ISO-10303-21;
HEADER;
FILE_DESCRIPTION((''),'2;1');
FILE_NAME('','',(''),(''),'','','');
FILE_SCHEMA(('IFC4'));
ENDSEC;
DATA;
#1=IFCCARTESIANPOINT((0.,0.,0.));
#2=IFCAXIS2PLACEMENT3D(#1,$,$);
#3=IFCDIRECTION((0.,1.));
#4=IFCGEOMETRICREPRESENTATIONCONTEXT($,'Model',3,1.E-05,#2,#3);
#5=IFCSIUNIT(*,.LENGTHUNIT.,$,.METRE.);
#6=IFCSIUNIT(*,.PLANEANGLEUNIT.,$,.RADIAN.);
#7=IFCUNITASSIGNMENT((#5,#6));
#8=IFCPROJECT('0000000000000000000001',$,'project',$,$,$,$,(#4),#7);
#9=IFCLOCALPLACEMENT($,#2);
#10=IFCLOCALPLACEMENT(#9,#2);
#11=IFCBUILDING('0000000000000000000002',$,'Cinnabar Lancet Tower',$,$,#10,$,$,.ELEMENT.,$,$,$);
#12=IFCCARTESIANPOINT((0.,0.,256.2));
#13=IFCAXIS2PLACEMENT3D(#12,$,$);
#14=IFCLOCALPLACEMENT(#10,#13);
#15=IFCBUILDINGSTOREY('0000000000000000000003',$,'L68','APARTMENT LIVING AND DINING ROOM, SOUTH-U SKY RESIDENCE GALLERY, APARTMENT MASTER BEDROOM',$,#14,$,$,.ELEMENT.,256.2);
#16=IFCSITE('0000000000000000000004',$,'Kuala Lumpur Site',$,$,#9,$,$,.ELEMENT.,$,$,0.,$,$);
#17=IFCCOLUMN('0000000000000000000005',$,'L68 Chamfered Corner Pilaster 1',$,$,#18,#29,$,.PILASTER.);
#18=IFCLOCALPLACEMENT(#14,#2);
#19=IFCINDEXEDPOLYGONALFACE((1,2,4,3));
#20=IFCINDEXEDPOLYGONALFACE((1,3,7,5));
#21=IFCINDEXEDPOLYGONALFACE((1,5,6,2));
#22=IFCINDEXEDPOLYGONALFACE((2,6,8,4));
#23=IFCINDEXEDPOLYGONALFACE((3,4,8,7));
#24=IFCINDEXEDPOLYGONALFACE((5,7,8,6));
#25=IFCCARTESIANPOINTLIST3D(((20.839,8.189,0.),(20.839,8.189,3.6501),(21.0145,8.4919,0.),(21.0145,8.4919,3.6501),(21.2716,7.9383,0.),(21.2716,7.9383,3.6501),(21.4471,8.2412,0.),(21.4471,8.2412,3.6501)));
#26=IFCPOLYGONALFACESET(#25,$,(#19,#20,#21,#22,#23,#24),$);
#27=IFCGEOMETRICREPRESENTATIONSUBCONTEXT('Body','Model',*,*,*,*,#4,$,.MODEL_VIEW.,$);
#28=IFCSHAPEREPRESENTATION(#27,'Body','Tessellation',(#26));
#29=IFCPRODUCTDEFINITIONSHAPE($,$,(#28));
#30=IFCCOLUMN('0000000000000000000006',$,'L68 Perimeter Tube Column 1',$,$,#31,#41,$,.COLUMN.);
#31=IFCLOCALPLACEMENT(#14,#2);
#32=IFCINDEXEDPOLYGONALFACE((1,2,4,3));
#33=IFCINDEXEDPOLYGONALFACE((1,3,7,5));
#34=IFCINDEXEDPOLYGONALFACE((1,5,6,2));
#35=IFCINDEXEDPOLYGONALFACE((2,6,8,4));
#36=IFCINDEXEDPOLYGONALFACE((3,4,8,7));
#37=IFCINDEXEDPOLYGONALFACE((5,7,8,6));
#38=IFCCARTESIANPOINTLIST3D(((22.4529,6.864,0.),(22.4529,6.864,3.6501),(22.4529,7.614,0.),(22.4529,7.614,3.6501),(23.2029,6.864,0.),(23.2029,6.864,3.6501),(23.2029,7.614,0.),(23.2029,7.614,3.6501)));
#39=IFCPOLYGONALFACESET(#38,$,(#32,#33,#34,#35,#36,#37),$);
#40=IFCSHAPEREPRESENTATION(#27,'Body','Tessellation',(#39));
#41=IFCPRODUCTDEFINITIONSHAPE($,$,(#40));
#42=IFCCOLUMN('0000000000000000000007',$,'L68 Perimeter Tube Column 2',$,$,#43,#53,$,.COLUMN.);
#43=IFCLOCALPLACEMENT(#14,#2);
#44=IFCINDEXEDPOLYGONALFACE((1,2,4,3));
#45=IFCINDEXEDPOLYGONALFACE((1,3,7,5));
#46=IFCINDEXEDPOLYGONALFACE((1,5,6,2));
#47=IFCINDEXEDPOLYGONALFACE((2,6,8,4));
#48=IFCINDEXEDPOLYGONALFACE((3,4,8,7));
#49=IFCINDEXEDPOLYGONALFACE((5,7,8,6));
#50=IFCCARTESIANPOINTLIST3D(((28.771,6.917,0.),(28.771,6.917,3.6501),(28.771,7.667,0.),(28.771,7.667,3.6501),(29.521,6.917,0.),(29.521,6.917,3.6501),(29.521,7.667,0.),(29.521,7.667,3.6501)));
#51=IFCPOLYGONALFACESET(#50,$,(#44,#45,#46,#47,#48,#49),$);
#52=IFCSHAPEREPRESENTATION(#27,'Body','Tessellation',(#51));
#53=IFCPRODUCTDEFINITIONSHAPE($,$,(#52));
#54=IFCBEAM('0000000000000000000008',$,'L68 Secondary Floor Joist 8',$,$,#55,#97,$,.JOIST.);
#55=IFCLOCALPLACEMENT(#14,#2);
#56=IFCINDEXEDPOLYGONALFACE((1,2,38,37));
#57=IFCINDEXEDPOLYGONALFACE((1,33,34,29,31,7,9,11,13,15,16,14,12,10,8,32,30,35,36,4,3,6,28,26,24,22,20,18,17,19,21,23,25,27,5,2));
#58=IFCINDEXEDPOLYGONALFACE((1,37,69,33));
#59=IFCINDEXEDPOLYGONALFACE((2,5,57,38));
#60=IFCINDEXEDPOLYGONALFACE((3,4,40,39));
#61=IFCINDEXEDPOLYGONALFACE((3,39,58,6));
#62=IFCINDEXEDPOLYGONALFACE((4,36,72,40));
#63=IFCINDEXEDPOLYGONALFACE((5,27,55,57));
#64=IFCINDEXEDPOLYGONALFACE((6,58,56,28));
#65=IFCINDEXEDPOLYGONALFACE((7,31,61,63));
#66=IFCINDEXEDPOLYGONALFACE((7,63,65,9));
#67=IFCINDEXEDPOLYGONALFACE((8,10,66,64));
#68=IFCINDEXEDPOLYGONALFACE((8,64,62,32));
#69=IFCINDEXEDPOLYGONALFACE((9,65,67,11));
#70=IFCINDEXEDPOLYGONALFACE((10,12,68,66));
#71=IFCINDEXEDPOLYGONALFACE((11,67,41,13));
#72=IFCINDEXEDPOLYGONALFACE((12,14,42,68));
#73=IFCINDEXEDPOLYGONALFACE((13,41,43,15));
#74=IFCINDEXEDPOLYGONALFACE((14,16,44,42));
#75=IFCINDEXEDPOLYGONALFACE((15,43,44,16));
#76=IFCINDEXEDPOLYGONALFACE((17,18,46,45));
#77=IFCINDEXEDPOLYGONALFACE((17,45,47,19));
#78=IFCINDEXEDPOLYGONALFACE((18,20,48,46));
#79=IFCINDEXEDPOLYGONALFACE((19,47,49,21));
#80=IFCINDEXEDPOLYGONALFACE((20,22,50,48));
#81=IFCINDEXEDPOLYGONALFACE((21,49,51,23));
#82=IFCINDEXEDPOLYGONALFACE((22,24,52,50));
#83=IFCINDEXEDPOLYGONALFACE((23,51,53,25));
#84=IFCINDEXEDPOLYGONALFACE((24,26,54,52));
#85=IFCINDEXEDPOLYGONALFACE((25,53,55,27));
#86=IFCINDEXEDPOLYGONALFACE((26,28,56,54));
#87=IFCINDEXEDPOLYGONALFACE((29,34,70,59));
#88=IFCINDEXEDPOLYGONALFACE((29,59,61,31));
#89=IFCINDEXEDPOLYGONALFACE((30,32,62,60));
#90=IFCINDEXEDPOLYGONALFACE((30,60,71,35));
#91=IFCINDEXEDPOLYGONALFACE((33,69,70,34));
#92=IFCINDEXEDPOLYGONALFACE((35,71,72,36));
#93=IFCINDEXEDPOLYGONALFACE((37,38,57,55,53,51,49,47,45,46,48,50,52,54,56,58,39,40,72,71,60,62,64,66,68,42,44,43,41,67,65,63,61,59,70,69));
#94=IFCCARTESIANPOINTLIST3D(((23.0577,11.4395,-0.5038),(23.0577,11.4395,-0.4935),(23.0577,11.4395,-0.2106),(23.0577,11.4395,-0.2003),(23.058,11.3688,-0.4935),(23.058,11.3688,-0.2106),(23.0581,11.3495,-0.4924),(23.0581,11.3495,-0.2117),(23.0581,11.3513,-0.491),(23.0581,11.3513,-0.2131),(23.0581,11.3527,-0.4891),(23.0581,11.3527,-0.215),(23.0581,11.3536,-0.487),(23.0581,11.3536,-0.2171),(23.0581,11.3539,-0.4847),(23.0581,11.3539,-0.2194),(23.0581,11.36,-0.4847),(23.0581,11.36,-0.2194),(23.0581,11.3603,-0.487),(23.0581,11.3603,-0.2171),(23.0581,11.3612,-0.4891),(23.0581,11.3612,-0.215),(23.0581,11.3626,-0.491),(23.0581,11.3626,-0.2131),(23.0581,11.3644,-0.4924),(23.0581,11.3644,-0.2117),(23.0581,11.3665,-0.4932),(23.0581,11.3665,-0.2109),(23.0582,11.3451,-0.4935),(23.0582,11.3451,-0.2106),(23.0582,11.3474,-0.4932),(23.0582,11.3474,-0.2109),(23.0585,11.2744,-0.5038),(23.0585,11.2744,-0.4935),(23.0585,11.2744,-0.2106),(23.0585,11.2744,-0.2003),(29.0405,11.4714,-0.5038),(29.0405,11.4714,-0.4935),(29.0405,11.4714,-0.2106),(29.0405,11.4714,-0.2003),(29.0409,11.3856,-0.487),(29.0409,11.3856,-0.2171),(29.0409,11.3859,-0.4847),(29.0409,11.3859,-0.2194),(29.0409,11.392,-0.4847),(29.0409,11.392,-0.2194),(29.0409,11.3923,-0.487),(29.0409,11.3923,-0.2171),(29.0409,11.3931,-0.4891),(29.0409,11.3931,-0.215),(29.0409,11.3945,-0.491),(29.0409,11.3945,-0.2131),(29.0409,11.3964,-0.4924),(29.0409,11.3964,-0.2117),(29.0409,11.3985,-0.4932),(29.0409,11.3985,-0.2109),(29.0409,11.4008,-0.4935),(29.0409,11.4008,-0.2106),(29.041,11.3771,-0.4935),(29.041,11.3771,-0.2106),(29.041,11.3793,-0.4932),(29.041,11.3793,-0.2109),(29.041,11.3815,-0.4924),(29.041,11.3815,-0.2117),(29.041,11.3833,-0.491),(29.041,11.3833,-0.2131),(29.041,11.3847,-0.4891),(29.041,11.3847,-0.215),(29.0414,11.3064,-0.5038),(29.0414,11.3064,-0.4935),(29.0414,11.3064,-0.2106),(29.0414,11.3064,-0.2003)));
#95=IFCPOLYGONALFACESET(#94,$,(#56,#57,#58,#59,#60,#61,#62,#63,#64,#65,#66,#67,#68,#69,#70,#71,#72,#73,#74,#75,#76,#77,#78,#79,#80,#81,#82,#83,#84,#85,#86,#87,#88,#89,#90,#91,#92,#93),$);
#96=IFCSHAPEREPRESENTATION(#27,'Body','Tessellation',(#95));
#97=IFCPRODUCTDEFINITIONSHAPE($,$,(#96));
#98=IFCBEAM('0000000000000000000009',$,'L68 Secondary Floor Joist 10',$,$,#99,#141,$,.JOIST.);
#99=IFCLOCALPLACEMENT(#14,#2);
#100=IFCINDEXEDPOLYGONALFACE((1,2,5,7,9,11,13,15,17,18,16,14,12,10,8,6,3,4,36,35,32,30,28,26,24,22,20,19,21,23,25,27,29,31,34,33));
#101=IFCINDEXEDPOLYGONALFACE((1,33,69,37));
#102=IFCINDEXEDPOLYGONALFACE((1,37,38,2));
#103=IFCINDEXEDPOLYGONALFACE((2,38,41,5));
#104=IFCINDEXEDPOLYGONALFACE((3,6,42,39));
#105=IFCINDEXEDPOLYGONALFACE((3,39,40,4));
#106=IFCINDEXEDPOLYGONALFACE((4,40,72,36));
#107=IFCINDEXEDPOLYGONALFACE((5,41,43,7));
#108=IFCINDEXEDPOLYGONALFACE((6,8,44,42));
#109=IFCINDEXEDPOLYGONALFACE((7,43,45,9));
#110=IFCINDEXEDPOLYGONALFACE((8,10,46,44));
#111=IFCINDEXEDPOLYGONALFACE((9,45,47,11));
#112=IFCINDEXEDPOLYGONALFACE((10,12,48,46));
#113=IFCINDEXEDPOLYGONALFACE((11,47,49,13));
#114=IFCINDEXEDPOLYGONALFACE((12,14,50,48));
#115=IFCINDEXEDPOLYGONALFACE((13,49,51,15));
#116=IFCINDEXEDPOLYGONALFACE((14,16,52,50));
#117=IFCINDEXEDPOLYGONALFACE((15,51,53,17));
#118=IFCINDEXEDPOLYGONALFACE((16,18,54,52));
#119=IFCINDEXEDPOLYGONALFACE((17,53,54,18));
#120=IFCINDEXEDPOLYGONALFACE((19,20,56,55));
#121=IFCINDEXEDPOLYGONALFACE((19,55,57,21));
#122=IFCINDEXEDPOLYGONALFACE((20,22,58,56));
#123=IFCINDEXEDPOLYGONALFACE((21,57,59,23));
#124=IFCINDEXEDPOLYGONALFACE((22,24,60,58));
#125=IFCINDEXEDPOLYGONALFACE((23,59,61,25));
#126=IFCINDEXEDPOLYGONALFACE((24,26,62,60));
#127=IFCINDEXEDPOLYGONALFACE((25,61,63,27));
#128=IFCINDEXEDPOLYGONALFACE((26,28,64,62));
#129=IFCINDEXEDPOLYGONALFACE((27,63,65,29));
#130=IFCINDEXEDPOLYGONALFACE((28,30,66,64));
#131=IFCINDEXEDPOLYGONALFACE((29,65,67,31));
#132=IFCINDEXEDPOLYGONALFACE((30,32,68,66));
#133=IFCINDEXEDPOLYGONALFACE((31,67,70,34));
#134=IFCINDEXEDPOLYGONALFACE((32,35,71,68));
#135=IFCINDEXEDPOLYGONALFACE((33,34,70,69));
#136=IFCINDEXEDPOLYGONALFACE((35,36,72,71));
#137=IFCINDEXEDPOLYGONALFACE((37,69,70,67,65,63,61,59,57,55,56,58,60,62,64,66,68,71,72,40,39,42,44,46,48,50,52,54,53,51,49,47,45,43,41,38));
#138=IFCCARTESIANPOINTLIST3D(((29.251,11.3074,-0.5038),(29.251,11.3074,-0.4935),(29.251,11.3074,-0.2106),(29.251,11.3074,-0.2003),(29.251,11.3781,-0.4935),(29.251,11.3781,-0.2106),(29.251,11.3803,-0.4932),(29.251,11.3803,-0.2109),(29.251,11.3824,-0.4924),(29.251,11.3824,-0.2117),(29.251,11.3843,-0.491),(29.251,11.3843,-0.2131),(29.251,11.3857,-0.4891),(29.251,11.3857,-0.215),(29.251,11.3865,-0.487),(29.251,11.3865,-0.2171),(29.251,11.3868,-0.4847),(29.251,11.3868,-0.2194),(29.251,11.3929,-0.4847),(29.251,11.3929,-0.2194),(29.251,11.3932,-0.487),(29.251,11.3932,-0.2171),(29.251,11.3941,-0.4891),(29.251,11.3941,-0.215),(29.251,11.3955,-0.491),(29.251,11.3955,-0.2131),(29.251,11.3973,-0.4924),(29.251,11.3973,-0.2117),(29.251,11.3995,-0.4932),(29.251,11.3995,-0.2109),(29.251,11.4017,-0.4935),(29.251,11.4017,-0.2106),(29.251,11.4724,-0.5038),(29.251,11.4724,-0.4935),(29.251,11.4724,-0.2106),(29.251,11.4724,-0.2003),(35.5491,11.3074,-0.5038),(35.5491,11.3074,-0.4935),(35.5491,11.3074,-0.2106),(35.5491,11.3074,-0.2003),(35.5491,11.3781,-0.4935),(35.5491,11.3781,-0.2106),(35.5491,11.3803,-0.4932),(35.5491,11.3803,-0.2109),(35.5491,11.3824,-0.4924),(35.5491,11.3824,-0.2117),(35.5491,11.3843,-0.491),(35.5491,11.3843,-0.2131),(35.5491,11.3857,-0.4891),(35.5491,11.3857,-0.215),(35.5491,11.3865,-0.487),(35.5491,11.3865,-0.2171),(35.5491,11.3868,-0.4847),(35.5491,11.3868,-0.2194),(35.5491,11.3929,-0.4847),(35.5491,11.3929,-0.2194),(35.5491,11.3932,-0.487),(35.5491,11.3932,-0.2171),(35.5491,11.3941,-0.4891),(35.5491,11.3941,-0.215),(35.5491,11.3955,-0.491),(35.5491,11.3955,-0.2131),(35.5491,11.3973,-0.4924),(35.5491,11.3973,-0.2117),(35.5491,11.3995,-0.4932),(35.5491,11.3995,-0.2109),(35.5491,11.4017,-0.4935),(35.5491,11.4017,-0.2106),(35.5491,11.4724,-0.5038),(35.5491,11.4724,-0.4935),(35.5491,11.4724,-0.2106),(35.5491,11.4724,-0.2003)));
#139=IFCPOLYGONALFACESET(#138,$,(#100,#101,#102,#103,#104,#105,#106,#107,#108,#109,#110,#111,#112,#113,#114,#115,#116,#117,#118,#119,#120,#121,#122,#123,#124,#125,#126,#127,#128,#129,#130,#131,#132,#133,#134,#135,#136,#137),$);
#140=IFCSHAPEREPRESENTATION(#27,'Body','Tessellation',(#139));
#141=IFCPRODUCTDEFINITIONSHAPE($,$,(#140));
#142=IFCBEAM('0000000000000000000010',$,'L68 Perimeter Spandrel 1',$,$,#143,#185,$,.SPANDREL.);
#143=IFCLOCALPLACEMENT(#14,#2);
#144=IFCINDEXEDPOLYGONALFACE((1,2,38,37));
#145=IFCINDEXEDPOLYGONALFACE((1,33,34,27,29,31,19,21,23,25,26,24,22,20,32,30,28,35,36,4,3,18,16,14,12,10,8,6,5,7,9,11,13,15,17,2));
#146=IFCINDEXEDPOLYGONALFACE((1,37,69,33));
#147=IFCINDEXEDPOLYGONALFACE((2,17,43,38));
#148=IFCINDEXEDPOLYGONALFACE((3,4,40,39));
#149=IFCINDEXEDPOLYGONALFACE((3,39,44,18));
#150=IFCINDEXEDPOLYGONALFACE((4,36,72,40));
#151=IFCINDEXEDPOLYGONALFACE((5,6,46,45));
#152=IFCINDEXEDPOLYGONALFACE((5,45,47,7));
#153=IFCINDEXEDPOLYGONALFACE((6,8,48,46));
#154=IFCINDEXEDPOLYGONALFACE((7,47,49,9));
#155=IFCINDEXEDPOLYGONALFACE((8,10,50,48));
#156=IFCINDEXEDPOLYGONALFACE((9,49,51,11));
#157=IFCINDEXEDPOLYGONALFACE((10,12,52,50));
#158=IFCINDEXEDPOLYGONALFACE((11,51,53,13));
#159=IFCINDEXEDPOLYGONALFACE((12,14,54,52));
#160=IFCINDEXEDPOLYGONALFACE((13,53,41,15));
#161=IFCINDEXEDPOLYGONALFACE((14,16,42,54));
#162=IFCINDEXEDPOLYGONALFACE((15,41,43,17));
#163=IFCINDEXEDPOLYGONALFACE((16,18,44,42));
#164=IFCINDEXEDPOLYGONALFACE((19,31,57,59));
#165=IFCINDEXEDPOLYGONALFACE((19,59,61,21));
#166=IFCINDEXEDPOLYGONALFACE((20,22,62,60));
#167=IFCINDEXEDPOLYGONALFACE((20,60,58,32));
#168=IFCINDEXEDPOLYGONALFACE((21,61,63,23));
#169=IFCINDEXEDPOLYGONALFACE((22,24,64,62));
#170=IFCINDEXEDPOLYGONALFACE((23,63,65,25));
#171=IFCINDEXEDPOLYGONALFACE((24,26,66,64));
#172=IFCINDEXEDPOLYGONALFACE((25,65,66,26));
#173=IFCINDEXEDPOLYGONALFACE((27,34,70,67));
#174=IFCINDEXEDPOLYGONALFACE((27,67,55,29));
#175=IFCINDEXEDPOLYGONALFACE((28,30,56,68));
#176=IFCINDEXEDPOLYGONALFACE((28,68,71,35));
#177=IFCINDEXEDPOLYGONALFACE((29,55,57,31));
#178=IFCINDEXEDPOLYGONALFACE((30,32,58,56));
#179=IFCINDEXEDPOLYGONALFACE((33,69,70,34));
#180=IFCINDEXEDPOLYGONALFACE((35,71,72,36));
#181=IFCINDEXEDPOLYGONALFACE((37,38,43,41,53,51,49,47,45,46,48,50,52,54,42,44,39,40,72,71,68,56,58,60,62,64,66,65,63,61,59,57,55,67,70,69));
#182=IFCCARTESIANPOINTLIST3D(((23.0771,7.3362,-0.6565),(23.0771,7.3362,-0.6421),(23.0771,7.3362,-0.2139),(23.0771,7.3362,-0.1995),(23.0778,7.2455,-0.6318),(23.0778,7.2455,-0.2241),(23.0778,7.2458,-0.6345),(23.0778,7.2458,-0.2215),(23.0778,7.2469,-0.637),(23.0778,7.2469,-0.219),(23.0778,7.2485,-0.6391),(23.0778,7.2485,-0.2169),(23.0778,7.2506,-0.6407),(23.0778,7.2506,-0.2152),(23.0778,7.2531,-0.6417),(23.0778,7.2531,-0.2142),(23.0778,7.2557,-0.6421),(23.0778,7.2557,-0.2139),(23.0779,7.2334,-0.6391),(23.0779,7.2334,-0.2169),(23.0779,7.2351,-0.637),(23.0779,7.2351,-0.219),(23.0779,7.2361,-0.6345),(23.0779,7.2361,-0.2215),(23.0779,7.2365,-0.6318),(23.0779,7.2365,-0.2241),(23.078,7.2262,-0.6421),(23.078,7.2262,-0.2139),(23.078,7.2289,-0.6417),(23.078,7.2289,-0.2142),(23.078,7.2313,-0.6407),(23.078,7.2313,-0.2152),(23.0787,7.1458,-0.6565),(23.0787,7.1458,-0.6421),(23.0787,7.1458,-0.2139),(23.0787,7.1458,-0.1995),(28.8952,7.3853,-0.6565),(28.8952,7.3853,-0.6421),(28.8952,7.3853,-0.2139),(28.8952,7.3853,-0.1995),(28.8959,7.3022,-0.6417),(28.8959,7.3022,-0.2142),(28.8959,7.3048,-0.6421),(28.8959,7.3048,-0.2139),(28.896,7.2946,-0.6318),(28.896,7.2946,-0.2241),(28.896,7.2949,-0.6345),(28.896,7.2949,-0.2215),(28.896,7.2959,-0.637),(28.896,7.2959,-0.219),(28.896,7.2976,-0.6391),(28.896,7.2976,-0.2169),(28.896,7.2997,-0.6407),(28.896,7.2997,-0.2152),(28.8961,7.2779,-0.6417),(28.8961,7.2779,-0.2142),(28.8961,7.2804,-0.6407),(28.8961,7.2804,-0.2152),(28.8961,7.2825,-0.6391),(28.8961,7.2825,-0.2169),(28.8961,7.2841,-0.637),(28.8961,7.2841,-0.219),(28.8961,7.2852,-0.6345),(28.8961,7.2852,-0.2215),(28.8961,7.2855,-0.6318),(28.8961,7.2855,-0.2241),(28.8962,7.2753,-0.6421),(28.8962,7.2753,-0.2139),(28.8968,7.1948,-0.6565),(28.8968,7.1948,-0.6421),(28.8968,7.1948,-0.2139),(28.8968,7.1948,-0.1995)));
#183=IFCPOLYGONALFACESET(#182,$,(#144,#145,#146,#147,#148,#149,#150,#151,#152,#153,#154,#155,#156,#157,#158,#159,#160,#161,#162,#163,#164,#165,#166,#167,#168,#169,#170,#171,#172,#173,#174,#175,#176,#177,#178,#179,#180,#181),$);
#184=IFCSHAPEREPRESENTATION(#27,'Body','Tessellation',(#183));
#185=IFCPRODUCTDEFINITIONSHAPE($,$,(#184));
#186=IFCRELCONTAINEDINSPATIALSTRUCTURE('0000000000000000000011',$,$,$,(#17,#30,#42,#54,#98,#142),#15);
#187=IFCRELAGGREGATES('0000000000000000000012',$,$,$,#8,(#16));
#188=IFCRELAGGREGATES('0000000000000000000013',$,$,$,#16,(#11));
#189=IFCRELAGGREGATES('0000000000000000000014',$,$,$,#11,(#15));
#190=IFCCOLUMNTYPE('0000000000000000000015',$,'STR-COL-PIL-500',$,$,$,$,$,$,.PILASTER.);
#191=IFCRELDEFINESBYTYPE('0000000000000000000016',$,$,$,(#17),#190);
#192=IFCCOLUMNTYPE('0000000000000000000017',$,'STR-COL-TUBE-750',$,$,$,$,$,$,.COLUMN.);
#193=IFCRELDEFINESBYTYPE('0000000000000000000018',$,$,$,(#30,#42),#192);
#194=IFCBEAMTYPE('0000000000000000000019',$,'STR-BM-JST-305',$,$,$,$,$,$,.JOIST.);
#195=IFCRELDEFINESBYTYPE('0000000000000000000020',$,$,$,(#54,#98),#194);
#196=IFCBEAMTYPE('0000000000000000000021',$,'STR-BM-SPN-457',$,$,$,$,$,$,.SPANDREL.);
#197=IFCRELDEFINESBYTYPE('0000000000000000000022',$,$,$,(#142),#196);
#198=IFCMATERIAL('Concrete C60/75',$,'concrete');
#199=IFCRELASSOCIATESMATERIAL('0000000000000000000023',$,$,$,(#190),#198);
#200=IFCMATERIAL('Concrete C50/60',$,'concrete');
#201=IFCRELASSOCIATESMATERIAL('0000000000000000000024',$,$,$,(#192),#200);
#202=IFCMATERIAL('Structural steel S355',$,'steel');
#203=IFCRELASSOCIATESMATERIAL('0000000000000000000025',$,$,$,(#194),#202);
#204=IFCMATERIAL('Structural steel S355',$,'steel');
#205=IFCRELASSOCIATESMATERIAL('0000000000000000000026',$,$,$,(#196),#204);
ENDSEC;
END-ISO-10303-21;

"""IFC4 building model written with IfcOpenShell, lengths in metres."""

from ifc_helpers import new_model, si_unit, direction, frame, origin, origin_2d, place, context, subcontext, project, spatial, rectangle, i_section, extrude, material, material_profile, profile_set, type_object, element, save


model = new_model("IFC4")

# Units and contexts
model_context = context("Model", 3, precision=1e-05, world=origin(), true_north=direction((0.0, 1.0)))
body_context = subcontext(model_context, "Body", "Model", "MODEL_VIEW")
ifc_project = project(units=[si_unit("LENGTHUNIT", "METRE"), si_unit("PLANEANGLEUNIT", "RADIAN")], contexts=[model_context])

# Site, building, storey
site_placement = place(None, origin())
site = spatial("IfcSite", under=ifc_project, at=site_placement, Name="Kuala Lumpur Site", CompositionType="ELEMENT", RefElevation=0.0)
building_placement = place(site_placement, origin())
building = spatial("IfcBuilding", under=site, at=building_placement, Name="Cinnabar Lancet Tower", CompositionType="ELEMENT")
storey_placement = place(building_placement, frame((0.0, 0.0, 256.2)))
storey = spatial("IfcBuildingStorey", under=building, at=storey_placement, Name="L68", Description="APARTMENT LIVING AND DINING ROOM, SOUTH-U SKY RESIDENCE GALLERY, APARTMENT MASTER BEDROOM", CompositionType="ELEMENT", Elevation=256.2)

# Columns
ifc_material_1 = material(Name="Concrete C60/75", Category="concrete")
ifc_material_profile_1 = material_profile(ifc_material_1, rectangle(XDim=0.5, YDim=0.3501, at=origin_2d()), Name="RC-PIL 500x350")
ifc_profile_set_1 = profile_set([ifc_material_profile_1], Name="Concrete C60/75")
column_type_1 = type_object("IfcColumnType", Name="STR-COL-PIL-500", PredefinedType="PILASTER", material=ifc_profile_set_1)
column_placement = place(storey_placement, frame((21.1431, 8.2151, 0.0), z_axis=(0.0, 0.0, 1.0), x_axis=(0.865256, -0.50133, 0.0)))
element("IfcColumn", 1, at=column_placement, inside=storey, type_object=column_type_1, Name="L68 Chamfered Corner Pilaster 1", PredefinedType="PILASTER", context=body_context, shape_type="SweptSolid", body=[
    extrude(rectangle(XDim=0.5, YDim=0.3501, at=origin_2d()), origin(), (0.0, 0.0, 1.0), 3.6501),
])
ifc_material_2 = material(Name="Concrete C50/60", Category="concrete")
ifc_material_profile_2 = material_profile(ifc_material_2, rectangle(XDim=0.75, YDim=0.75, at=origin_2d()), Name="RC-COL 750x750")
ifc_profile_set_2 = profile_set([ifc_material_profile_2], Name="Concrete C50/60")
column_type_2 = type_object("IfcColumnType", Name="STR-COL-TUBE-750", PredefinedType="COLUMN", material=ifc_profile_set_2)
for number, where, z_axis, x_axis, name in (
    (2, (22.8279, 7.239, 0.0), (0.0, 0.0, 1.0), (1.0, 0.0, 0.0), "L68 Perimeter Tube Column 1"),
    (3, (29.146, 7.292, 0.0), (0.0, 0.0, 1.0), (1.0, 0.0, 0.0), "L68 Perimeter Tube Column 2"),
):
    element("IfcColumn", number, at=place(storey_placement, frame(where, z_axis=z_axis, x_axis=x_axis)), inside=storey, type_object=column_type_2, Name=name, PredefinedType="COLUMN", context=body_context, shape_type="SweptSolid", body=[
        extrude(rectangle(XDim=0.75, YDim=0.75, at=origin_2d()), origin(), (0.0, 0.0, 1.0), 3.6501),
    ])

# Beams
ifc_material_3 = material(Name="Structural steel S355", Category="steel")
ifc_material_profile_3 = material_profile(ifc_material_3, i_section(OverallWidth=0.165, OverallDepth=0.3035, WebThickness=0.0061, FlangeThickness=0.0103, FilletRadius=0.0088, at=origin_2d()), Name="UKB 305x165x40")
ifc_profile_set_3 = profile_set([ifc_material_profile_3], Name="Structural steel S355")
beam_type_1 = type_object("IfcBeamType", Name="STR-BM-JST-305", PredefinedType="JOIST", material=ifc_profile_set_3)
beam_1_placement = place(storey_placement, frame((23.0581, 11.3569, -0.3521), z_axis=(0.999986, 0.005346, 0.0), x_axis=(-0.005346, 0.999986, 0.0)))
element("IfcBeam", 4, at=beam_1_placement, inside=storey, type_object=beam_type_1, Name="L68 Secondary Floor Joist 8", PredefinedType="JOIST", context=body_context, shape_type="SweptSolid", body=[
    extrude(i_section(OverallWidth=0.165, OverallDepth=0.3035, WebThickness=0.0061, FlangeThickness=0.0103, FilletRadius=0.0088, at=origin_2d()), origin(), (0.0, 0.0, 1.0), 5.9829),
])
beam_2_placement = place(storey_placement, frame((29.251, 11.3899, -0.3521), z_axis=(1.0, 0.0, 0.0), x_axis=(0.0, 1.0, 0.0)))
element("IfcBeam", 5, at=beam_2_placement, inside=storey, type_object=beam_type_1, Name="L68 Secondary Floor Joist 10", PredefinedType="JOIST", context=body_context, shape_type="SweptSolid", body=[
    extrude(i_section(OverallWidth=0.165, OverallDepth=0.3035, WebThickness=0.0061, FlangeThickness=0.0103, FilletRadius=0.0088, at=origin_2d()), origin(), (0.0, 0.0, 1.0), 6.2981),
])
ifc_material_4 = material(Name="Structural steel S355", Category="steel")
ifc_material_profile_4 = material_profile(ifc_material_4, i_section(OverallWidth=0.1904, OverallDepth=0.457, WebThickness=0.009, FlangeThickness=0.0144, FilletRadius=0.0103, at=origin_2d()), Name="UKB 457x191x74")
ifc_profile_set_4 = profile_set([ifc_material_profile_4], Name="Structural steel S355")
beam_type_2 = type_object("IfcBeamType", Name="STR-BM-SPN-457", PredefinedType="SPANDREL", material=ifc_profile_set_4)
beam_3_placement = place(storey_placement, frame((23.0779, 7.241, -0.428), z_axis=(0.999964, 0.008434, 0.0), x_axis=(-0.008434, 0.999964, 0.0)))
element("IfcBeam", 6, at=beam_3_placement, inside=storey, type_object=beam_type_2, Name="L68 Perimeter Spandrel 1", PredefinedType="SPANDREL", context=body_context, shape_type="SweptSolid", body=[
    extrude(i_section(OverallWidth=0.1904, OverallDepth=0.457, WebThickness=0.009, FlangeThickness=0.0144, FilletRadius=0.0103, at=origin_2d()), origin(), (0.0, 0.0, 1.0), 5.8184),
])

save(model, "model.ifc")
